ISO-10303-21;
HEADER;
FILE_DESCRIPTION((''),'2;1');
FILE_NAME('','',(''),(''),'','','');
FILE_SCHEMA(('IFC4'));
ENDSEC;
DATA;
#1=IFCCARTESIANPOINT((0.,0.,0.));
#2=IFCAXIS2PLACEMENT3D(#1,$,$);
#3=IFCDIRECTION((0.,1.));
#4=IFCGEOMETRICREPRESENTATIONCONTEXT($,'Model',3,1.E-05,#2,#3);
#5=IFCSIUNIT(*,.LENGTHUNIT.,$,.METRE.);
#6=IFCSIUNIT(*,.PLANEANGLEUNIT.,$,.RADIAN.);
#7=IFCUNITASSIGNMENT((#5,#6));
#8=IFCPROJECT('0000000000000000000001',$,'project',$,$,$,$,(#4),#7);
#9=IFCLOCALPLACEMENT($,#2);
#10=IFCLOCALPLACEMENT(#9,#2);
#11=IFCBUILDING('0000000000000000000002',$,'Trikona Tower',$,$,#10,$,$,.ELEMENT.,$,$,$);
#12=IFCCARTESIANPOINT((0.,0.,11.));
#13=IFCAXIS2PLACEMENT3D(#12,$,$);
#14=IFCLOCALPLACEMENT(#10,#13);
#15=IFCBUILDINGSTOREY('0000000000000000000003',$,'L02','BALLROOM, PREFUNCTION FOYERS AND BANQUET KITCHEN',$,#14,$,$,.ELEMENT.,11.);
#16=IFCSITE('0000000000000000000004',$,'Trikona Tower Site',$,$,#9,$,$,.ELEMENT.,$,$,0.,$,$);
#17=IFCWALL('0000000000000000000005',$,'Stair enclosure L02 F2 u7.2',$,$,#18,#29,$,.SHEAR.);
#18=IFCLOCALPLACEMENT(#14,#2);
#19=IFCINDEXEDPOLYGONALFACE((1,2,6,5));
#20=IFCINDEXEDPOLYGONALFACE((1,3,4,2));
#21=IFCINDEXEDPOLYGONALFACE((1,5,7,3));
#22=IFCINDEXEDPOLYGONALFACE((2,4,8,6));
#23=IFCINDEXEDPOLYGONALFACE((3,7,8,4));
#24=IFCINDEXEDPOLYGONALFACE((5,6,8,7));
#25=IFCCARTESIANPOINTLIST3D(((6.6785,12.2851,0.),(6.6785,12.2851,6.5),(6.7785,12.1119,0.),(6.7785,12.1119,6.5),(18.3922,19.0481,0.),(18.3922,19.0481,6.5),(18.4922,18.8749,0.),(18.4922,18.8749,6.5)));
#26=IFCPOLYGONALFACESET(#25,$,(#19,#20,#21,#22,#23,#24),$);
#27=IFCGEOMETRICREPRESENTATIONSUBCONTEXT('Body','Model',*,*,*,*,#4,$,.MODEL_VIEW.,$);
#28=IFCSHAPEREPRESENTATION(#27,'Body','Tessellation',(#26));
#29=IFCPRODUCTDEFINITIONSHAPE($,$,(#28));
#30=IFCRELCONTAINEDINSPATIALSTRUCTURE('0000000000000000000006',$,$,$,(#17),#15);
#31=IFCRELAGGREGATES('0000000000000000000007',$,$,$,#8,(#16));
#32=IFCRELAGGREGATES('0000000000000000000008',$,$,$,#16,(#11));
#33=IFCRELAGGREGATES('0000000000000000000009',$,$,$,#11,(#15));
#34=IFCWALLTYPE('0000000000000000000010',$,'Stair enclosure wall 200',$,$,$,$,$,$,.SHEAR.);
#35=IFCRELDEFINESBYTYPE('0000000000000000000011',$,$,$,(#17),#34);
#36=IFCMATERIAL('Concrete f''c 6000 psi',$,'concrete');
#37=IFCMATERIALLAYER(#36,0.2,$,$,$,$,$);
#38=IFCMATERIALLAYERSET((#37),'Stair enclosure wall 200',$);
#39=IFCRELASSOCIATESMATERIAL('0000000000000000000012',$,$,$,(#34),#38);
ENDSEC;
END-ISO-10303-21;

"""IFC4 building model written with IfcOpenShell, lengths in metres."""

from ifc_helpers import new_model, si_unit, direction, frame, frame_2d, origin, place, context, subcontext, project, spatial, rectangle, extrude, material, layer, layer_set, type_object, element, save


model = new_model("IFC4")

# Units and contexts
model_context = context("Model", 3, precision=1e-05, world=origin(), true_north=direction((0.0, 1.0)))
body_context = subcontext(model_context, "Body", "Model", "MODEL_VIEW")
ifc_project = project(units=[si_unit("LENGTHUNIT", "METRE"), si_unit("PLANEANGLEUNIT", "RADIAN")], contexts=[model_context])

# Site, building, storey
site_placement = place(None, origin())
site = spatial("IfcSite", under=ifc_project, at=site_placement, Name="Trikona Tower Site", CompositionType="ELEMENT", RefElevation=0.0)
building_placement = place(site_placement, origin())
building = spatial("IfcBuilding", under=site, at=building_placement, Name="Trikona Tower", CompositionType="ELEMENT")
storey_placement = place(building_placement, frame((0.0, 0.0, 11.0)))
storey = spatial("IfcBuildingStorey", under=building, at=storey_placement, Name="L02", Description="BALLROOM, PREFUNCTION FOYERS AND BANQUET KITCHEN", CompositionType="ELEMENT", Elevation=11.0)

# Wall
ifc_material_1 = material(Name="Concrete f'c 6000 psi", Category="concrete")
ifc_layer_1 = layer(ifc_material_1, 0.2)
ifc_layer_set_1 = layer_set([ifc_layer_1], Name="Stair enclosure wall 200")
wall_type_1 = type_object("IfcWallType", Name="Stair enclosure wall 200", PredefinedType="SHEAR", material=ifc_layer_set_1)
wall_1_placement = place(storey_placement, frame((6.7285, 12.1985, 0.0), z_axis=(0.0, 0.0, 1.0), x_axis=(0.866023, 0.500004, 0.0)))
element("IfcWall", 1, at=wall_1_placement, inside=storey, type_object=wall_type_1, Name="Stair enclosure L02 F2 u7.2", PredefinedType="SHEAR", context=body_context, shape_type="SweptSolid", body=[
    extrude(rectangle(XDim=13.5259, YDim=0.2, at=frame_2d((6.7629, 0.0))), origin(), (0.0, 0.0, 1.0), 6.5),
])

save(model, "model.ifc")
